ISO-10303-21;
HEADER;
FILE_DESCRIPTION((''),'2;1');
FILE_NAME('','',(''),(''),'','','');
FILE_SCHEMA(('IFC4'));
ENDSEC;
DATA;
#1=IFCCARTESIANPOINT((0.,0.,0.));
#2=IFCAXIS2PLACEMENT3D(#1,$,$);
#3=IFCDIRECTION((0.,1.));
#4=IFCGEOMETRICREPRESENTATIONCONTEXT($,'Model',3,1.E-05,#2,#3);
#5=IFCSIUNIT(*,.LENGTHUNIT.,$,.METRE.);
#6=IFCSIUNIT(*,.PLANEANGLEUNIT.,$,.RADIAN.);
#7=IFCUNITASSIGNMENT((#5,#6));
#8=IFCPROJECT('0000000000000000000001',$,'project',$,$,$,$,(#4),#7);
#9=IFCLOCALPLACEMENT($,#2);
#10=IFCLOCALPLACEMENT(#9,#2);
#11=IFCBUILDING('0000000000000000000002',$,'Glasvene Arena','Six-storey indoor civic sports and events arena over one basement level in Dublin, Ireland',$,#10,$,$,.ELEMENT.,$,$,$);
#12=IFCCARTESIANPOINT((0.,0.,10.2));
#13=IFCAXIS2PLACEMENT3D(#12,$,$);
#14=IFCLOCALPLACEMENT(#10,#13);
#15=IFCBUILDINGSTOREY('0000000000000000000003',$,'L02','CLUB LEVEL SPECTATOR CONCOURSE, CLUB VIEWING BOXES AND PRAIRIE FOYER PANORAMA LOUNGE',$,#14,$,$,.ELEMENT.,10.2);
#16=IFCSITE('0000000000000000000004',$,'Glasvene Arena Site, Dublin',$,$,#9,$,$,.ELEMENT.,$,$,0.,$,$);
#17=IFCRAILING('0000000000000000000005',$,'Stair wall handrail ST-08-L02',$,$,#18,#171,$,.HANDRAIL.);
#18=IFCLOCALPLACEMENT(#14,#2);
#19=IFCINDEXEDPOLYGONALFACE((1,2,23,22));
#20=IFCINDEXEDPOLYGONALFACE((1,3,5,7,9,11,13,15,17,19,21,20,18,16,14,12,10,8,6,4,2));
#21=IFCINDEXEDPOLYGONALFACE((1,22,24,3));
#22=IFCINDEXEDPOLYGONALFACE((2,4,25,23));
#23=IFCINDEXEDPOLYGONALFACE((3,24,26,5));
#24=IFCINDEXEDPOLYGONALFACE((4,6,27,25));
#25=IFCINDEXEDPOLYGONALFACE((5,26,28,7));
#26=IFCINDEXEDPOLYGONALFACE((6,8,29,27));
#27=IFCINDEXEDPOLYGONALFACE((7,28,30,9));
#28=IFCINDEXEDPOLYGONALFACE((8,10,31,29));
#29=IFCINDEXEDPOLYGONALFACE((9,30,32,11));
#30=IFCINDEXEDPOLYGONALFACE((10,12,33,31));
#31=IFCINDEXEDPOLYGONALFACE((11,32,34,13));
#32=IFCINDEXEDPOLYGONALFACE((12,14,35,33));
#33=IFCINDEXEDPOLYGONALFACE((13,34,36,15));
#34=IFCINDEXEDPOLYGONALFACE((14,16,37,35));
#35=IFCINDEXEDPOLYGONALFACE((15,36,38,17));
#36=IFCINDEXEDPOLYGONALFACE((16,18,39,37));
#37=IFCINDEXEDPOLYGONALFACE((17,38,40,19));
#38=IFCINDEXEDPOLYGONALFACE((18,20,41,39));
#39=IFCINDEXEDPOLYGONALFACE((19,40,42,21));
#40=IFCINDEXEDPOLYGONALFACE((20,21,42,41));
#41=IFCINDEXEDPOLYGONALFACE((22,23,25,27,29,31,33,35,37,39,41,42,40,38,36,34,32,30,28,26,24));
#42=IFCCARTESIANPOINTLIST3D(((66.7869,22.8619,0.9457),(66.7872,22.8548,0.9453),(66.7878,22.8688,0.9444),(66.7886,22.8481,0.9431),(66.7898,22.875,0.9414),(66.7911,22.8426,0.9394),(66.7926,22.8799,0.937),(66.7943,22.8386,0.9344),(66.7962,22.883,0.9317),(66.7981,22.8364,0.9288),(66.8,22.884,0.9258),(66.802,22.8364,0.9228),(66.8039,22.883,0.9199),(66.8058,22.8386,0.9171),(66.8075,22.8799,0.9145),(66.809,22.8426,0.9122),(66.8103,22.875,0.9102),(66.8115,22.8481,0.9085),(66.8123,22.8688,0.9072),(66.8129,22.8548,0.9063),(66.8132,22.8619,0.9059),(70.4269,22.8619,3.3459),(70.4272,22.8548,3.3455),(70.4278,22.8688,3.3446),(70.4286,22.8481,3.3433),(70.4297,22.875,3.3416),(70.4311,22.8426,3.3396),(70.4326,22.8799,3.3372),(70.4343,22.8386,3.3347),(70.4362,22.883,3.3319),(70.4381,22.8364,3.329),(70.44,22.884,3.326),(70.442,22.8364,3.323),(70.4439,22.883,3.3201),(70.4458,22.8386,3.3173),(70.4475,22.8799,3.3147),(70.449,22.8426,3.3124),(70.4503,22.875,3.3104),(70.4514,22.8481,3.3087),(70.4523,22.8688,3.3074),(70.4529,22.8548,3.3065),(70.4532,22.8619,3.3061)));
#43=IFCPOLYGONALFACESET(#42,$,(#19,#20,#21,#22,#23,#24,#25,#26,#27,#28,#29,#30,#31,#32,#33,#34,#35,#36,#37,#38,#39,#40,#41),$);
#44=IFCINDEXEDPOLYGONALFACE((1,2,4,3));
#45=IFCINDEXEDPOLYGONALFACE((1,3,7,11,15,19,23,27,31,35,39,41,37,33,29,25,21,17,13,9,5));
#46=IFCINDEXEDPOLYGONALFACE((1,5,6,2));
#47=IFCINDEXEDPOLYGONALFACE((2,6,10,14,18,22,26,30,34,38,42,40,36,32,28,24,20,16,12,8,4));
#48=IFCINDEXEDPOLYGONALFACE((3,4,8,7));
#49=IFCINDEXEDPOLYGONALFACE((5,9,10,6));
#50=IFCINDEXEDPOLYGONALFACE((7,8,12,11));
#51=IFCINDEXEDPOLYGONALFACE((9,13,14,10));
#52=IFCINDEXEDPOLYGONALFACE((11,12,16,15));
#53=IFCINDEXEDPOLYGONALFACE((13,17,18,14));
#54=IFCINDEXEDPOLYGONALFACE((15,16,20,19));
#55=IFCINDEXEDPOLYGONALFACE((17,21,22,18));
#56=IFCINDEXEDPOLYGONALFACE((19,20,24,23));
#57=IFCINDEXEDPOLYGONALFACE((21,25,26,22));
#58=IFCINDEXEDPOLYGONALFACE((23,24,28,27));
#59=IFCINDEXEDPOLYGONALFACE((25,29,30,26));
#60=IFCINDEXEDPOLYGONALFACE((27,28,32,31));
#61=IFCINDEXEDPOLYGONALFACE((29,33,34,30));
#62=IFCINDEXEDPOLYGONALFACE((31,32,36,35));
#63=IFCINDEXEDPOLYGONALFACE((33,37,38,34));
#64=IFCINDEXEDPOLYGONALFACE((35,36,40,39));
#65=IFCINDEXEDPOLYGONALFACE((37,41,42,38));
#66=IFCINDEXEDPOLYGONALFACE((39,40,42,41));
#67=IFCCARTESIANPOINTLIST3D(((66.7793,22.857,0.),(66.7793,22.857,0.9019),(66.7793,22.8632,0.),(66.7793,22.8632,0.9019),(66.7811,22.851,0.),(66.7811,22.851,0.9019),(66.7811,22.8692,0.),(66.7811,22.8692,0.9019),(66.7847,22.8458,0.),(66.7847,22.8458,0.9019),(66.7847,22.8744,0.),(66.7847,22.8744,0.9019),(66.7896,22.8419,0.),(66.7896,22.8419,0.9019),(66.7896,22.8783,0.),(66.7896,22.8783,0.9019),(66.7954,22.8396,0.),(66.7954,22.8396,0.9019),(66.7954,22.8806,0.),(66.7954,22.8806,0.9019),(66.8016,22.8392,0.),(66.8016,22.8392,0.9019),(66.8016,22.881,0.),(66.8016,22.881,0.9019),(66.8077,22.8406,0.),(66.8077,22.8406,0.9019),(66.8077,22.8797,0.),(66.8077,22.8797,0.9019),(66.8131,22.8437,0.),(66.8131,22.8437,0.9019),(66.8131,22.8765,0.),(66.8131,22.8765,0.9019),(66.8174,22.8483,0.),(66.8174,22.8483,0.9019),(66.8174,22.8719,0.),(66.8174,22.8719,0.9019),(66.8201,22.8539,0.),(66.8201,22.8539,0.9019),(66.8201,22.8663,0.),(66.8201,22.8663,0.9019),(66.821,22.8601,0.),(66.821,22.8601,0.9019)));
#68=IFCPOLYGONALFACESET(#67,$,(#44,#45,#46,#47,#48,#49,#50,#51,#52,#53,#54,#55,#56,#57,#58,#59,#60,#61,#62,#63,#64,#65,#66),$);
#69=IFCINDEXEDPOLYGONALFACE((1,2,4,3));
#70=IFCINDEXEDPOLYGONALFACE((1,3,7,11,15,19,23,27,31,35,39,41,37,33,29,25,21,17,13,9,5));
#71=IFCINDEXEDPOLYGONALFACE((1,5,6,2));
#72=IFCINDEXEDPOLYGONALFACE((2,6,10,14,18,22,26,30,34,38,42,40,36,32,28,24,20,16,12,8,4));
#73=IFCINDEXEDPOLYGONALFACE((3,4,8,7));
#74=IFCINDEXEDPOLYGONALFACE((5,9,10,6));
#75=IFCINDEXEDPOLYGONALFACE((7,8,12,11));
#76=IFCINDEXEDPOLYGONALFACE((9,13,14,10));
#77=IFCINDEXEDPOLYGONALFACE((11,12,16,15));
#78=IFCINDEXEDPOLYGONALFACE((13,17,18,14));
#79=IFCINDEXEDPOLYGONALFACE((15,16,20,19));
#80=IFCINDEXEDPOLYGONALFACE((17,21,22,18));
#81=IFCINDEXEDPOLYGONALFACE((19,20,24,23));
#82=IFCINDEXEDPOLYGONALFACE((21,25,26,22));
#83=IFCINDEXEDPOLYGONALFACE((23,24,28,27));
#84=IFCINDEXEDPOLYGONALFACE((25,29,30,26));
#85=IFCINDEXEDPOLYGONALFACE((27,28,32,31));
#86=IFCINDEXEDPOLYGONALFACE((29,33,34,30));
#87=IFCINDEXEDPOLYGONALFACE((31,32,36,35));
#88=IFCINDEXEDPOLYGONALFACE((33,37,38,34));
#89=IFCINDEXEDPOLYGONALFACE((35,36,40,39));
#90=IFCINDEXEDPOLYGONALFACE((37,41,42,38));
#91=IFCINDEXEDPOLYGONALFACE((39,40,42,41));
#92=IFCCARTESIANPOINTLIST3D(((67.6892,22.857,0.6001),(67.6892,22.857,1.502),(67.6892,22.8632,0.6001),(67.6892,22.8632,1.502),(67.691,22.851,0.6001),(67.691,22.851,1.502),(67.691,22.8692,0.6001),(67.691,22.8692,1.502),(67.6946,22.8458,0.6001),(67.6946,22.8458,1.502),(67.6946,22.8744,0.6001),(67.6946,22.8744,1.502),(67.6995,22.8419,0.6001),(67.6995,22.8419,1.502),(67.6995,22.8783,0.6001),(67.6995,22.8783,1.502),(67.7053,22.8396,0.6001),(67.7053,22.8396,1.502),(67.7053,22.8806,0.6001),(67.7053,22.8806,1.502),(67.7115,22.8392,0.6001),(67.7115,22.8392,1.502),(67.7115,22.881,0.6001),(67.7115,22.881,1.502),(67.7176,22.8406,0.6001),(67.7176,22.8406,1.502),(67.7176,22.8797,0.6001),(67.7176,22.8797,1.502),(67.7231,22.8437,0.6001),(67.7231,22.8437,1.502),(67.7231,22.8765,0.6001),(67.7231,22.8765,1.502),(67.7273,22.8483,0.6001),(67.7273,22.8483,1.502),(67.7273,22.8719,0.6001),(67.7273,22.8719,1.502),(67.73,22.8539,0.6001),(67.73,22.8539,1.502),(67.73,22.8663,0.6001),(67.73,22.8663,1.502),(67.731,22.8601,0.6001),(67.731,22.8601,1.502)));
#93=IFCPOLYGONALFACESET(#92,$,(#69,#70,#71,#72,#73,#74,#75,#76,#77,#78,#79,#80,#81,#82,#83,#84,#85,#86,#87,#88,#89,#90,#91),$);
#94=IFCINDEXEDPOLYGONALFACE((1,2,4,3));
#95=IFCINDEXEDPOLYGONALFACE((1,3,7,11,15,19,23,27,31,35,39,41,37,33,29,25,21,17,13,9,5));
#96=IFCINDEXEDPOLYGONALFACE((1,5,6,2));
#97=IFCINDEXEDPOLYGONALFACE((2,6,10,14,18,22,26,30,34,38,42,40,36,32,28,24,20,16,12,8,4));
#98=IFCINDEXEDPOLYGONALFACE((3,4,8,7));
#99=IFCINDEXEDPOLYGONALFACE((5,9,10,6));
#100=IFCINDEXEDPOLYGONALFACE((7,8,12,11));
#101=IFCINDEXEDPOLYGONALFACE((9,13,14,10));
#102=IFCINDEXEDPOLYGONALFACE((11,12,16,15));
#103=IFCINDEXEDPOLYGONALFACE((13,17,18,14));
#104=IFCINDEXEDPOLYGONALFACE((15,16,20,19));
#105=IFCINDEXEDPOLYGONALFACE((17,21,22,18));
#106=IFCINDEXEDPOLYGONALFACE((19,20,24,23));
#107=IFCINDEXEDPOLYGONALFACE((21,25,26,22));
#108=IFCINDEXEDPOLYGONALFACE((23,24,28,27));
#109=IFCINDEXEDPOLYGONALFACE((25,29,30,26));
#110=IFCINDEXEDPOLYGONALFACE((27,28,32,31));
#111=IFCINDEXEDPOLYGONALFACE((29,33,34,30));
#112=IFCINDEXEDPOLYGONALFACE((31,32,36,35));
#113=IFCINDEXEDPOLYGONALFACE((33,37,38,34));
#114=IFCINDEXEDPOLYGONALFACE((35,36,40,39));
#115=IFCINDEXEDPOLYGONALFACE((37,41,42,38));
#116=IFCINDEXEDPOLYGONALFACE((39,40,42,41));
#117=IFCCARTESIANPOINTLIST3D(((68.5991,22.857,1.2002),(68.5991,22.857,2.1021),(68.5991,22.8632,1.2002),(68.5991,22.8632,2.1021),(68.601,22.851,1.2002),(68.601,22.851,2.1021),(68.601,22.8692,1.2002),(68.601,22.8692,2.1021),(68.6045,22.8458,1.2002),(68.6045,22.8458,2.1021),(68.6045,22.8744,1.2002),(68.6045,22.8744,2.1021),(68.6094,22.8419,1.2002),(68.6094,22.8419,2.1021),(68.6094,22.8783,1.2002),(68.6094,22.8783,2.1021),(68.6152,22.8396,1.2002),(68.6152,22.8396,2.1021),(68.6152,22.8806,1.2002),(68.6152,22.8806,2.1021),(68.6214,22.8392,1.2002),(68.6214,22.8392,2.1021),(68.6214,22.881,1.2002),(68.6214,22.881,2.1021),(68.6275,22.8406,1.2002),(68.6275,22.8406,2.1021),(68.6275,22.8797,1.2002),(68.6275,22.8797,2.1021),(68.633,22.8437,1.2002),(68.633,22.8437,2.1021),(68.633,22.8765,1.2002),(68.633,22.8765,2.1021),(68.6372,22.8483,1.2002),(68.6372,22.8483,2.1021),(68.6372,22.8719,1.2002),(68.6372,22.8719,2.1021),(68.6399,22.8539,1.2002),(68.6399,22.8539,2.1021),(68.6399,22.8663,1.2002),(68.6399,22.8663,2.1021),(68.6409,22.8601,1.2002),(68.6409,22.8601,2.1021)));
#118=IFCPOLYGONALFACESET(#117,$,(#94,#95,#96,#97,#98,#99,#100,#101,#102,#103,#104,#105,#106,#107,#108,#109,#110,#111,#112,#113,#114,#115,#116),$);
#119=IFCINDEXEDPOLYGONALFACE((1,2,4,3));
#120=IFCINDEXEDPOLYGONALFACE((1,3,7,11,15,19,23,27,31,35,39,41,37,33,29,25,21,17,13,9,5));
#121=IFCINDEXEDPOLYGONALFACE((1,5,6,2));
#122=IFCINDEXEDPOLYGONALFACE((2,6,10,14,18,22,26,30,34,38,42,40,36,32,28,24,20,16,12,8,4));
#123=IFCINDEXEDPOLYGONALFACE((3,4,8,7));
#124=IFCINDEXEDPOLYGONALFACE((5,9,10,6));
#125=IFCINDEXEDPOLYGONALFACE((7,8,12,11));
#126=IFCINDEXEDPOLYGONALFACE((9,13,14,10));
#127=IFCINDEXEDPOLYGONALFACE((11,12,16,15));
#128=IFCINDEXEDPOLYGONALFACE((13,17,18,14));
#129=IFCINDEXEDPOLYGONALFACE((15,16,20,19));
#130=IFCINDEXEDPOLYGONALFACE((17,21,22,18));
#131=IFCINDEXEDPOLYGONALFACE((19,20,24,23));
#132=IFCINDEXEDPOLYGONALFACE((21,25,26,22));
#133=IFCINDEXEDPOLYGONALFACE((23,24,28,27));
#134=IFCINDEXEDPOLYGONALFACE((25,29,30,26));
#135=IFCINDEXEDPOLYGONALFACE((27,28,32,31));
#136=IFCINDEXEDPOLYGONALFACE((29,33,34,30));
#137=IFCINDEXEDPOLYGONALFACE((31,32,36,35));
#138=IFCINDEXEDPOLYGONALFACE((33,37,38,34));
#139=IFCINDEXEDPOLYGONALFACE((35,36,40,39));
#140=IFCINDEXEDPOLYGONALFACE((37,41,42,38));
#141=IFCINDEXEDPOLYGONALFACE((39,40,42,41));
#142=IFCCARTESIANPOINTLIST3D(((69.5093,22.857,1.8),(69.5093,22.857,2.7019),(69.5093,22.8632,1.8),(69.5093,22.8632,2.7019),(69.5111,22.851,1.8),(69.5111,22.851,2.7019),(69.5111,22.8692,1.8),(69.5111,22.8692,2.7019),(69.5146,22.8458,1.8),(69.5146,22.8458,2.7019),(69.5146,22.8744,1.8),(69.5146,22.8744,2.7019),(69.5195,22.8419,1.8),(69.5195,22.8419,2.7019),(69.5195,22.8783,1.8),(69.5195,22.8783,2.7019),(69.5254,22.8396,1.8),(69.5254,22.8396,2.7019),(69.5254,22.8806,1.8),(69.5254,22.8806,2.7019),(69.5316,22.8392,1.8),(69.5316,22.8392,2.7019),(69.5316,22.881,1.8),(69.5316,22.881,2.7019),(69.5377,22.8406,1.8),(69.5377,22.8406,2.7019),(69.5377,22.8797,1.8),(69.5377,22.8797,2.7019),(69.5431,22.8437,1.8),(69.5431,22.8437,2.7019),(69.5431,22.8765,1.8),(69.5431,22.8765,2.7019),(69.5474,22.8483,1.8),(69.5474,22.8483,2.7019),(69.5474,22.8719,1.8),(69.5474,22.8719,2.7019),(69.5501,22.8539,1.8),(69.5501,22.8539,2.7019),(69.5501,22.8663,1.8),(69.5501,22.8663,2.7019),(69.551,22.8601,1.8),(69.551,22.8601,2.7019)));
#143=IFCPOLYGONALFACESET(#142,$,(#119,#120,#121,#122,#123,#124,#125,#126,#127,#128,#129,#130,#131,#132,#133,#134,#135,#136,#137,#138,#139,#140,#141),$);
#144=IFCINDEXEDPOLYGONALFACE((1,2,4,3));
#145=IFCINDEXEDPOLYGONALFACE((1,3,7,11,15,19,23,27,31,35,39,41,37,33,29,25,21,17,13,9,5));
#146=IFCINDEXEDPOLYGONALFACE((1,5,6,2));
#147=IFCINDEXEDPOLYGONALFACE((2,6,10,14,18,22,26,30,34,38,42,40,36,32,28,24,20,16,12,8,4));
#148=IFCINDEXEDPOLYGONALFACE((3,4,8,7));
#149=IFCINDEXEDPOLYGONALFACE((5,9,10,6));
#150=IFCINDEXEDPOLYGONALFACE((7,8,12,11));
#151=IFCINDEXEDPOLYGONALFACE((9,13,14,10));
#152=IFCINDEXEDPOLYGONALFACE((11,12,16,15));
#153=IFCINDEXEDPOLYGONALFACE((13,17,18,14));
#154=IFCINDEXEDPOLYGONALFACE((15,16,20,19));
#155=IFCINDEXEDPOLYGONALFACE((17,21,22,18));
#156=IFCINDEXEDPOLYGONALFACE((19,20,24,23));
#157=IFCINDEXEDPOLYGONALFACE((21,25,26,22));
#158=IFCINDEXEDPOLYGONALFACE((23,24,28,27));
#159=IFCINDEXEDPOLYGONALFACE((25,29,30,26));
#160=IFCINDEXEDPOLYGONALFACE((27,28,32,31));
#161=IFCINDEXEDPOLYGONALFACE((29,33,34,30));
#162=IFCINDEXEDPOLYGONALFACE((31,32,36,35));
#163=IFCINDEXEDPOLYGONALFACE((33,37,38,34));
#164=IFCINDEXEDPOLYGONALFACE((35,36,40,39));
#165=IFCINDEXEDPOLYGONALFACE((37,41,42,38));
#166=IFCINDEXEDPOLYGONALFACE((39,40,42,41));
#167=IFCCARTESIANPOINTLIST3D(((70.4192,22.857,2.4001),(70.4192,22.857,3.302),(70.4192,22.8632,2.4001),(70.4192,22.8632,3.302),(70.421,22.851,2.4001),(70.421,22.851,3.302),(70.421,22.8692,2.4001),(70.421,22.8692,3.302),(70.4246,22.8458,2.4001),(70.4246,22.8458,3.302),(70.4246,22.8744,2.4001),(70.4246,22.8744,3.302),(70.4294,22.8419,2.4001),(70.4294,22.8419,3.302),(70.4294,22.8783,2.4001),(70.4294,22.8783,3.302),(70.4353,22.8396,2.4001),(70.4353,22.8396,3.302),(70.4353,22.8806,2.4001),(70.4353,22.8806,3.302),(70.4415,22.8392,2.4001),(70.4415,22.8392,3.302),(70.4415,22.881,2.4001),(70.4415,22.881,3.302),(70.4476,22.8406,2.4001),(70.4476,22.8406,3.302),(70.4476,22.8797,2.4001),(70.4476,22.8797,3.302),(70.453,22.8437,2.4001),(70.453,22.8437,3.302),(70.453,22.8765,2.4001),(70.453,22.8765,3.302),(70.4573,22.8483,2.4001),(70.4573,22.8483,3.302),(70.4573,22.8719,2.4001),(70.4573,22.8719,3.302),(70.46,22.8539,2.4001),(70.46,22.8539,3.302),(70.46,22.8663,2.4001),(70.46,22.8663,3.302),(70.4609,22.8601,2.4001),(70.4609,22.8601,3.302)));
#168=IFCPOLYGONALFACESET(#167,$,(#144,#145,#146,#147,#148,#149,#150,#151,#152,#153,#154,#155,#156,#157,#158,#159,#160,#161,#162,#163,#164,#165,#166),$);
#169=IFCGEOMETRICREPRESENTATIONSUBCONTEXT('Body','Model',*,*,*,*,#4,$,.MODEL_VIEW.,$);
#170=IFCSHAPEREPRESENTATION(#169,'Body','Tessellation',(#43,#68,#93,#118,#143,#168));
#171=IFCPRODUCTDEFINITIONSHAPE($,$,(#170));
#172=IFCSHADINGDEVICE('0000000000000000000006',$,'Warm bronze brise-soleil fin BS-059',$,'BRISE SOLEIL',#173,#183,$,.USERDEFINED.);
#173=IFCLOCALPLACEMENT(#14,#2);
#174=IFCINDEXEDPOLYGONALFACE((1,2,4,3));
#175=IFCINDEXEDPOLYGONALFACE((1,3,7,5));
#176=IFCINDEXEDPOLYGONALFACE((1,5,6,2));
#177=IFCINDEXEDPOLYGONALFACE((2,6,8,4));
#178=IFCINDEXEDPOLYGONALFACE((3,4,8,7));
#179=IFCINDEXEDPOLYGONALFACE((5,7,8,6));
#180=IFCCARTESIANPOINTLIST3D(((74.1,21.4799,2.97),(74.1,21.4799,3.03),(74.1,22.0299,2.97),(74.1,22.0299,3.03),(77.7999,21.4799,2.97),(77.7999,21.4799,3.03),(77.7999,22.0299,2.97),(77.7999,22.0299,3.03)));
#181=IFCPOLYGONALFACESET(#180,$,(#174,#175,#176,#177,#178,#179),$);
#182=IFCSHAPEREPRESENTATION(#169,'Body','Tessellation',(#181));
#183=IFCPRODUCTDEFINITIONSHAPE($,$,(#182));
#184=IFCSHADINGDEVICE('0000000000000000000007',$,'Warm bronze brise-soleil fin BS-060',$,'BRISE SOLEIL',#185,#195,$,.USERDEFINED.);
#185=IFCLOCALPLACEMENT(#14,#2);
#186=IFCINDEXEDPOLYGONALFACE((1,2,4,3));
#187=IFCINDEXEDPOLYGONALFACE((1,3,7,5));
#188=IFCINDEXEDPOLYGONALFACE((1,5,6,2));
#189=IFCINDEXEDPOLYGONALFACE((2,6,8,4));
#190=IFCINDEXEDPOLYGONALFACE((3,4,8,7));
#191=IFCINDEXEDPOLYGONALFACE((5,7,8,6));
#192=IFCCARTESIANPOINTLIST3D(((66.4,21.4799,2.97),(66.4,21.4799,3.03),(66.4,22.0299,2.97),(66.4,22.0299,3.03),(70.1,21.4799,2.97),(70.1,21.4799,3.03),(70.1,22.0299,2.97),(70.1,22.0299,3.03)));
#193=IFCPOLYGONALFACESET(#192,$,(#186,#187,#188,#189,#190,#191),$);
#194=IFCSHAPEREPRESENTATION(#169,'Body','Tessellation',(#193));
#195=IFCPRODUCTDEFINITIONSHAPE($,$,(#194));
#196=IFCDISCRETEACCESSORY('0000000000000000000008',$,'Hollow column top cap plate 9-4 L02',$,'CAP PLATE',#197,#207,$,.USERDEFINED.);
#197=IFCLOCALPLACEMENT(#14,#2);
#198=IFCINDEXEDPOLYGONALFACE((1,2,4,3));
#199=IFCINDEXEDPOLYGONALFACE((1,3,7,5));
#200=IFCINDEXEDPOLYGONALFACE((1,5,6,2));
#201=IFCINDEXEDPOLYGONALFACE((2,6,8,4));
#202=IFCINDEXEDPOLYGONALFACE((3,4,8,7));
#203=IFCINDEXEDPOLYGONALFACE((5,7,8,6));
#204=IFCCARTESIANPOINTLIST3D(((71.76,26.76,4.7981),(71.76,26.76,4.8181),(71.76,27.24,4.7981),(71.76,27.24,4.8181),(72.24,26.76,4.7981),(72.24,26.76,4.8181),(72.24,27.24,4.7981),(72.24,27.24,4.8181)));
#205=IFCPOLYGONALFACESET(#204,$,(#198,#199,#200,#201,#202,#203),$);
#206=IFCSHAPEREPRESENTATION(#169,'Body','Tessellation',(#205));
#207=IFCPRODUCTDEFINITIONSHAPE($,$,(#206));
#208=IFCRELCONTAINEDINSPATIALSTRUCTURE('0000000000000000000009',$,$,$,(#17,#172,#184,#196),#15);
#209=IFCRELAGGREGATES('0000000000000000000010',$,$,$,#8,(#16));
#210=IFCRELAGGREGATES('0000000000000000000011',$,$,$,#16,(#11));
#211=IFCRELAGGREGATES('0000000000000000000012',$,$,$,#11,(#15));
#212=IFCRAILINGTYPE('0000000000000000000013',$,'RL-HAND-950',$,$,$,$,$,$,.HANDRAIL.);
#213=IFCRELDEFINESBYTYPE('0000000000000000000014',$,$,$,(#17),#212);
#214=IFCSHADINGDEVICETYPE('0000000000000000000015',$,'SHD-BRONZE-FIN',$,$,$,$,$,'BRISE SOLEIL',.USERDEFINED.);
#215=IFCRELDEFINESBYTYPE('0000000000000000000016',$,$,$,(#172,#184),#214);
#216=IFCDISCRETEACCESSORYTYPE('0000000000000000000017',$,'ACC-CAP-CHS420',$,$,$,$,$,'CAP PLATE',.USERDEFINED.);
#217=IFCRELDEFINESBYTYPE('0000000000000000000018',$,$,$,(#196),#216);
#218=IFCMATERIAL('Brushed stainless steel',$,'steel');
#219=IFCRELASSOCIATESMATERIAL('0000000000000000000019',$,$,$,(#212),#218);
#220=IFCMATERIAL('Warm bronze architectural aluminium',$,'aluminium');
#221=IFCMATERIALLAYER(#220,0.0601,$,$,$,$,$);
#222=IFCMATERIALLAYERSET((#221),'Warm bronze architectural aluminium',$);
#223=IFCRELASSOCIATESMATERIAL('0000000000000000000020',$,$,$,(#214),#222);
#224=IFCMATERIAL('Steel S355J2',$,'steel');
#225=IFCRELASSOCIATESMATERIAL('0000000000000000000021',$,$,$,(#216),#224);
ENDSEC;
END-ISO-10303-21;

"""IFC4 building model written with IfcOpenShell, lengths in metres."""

from ifc_helpers import new_model, si_unit, direction, frame, origin, origin_2d, place, context, subcontext, project, spatial, rectangle, circle, extrude, material, layer, layer_set, type_object, element, save


model = new_model("IFC4")

# Units and contexts
model_context = context("Model", 3, precision=1e-05, world=origin(), true_north=direction((0.0, 1.0)))
body_context = subcontext(model_context, "Body", "Model", "MODEL_VIEW")
ifc_project = project(units=[si_unit("LENGTHUNIT", "METRE"), si_unit("PLANEANGLEUNIT", "RADIAN")], contexts=[model_context])

# Site, building, storey
site_placement = place(None, origin())
site = spatial("IfcSite", under=ifc_project, at=site_placement, Name="Glasvene Arena Site, Dublin", CompositionType="ELEMENT", RefElevation=0.0)
building_placement = place(site_placement, origin())
building = spatial("IfcBuilding", under=site, at=building_placement, Name="Glasvene Arena", Description="Six-storey indoor civic sports and events arena over one basement level in Dublin, Ireland", CompositionType="ELEMENT")
storey_placement = place(building_placement, frame((0.0, 0.0, 10.2)))
storey = spatial("IfcBuildingStorey", under=building, at=storey_placement, Name="L02", Description="CLUB LEVEL SPECTATOR CONCOURSE, CLUB VIEWING BOXES AND PRAIRIE FOYER PANORAMA LOUNGE", CompositionType="ELEMENT", Elevation=10.2)

# Shared definitions
ifc_material_1 = material(Name="Steel S355J2", Category="steel")

# Railing
ifc_material_2 = material(Name="Brushed stainless steel", Category="steel")
railing_type_1 = type_object("IfcRailingType", Name="RL-HAND-950", PredefinedType="HANDRAIL", material=ifc_material_2)
railing_1_placement = place(storey_placement, frame((66.8, 22.8601, 0.0)))
element("IfcRailing", 1, at=railing_1_placement, inside=storey, type_object=railing_type_1, Name="Stair wall handrail ST-08-L02", PredefinedType="HANDRAIL", context=body_context, shape_type="SweptSolid", body=[
    extrude(circle(Radius=0.0239, at=origin_2d()), frame((0.0, 0.0, 0.9258), z_axis=(0.834839, 0.0, 0.550493), x_axis=(0.0, 1.0, 0.0)), (0.0, 0.0, 1.0), 4.3601),
    extrude(circle(Radius=0.021, at=origin_2d()), origin(), (0.0, 0.0, 1.0), 0.9019),
    extrude(circle(Radius=0.021, at=origin_2d()), frame((0.9099, 0.0, 0.6001)), (0.0, 0.0, 1.0), 0.9019),
    extrude(circle(Radius=0.021, at=origin_2d()), frame((1.8198, 0.0, 1.2002)), (0.0, 0.0, 1.0), 0.9019),
    extrude(circle(Radius=0.021, at=origin_2d()), frame((2.73, 0.0, 1.8)), (0.0, 0.0, 1.0), 0.9019),
    extrude(circle(Radius=0.021, at=origin_2d()), frame((3.6399, 0.0, 2.4001)), (0.0, 0.0, 1.0), 0.9019),
])

# Shading devices
ifc_material_3 = material(Name="Warm bronze architectural aluminium", Category="aluminium")
ifc_layer_1 = layer(ifc_material_3, 0.0601)
ifc_layer_set_1 = layer_set([ifc_layer_1], Name="Warm bronze architectural aluminium")
shading_device_type = type_object("IfcShadingDeviceType", Name="SHD-BRONZE-FIN", ElementType="BRISE SOLEIL", PredefinedType="USERDEFINED", material=ifc_layer_set_1)
for number, where, z_axis, x_axis, name in (
    (2, (75.95, 21.7549, 2.97), (0.0, 0.0, 1.0), (-1.0, 0.0, 0.0), "Warm bronze brise-soleil fin BS-059"),
    (3, (68.25, 21.7549, 2.97), (0.0, 0.0, 1.0), (-1.0, 0.0, 0.0), "Warm bronze brise-soleil fin BS-060"),
):
    element("IfcShadingDevice", number, at=place(storey_placement, frame(where, z_axis=z_axis, x_axis=x_axis)), inside=storey, type_object=shading_device_type, Name=name, ObjectType="BRISE SOLEIL", PredefinedType="USERDEFINED", context=body_context, shape_type="SweptSolid", body=[
        extrude(rectangle(XDim=3.7, YDim=0.55, at=origin_2d()), origin(), (0.0, 0.0, 1.0), 0.0601),
    ])

# Discrete accessory
discrete_accessory_type_1 = type_object("IfcDiscreteAccessoryType", Name="ACC-CAP-CHS420", ElementType="CAP PLATE", PredefinedType="USERDEFINED", material=ifc_material_1)
discrete_accessory_placement = place(storey_placement, frame((72.0, 27.0, 4.7981), z_axis=(0.0, 0.0, 1.0), x_axis=(1.0, 0.0, 0.0)))
element("IfcDiscreteAccessory", 4, at=discrete_accessory_placement, inside=storey, type_object=discrete_accessory_type_1, Name="Hollow column top cap plate 9-4 L02", ObjectType="CAP PLATE", PredefinedType="USERDEFINED", context=body_context, shape_type="SweptSolid", body=[
    extrude(rectangle(XDim=0.48, YDim=0.48, at=origin_2d()), origin(), (0.0, 0.0, 1.0), 0.02),
])

save(model, "model.ifc")
